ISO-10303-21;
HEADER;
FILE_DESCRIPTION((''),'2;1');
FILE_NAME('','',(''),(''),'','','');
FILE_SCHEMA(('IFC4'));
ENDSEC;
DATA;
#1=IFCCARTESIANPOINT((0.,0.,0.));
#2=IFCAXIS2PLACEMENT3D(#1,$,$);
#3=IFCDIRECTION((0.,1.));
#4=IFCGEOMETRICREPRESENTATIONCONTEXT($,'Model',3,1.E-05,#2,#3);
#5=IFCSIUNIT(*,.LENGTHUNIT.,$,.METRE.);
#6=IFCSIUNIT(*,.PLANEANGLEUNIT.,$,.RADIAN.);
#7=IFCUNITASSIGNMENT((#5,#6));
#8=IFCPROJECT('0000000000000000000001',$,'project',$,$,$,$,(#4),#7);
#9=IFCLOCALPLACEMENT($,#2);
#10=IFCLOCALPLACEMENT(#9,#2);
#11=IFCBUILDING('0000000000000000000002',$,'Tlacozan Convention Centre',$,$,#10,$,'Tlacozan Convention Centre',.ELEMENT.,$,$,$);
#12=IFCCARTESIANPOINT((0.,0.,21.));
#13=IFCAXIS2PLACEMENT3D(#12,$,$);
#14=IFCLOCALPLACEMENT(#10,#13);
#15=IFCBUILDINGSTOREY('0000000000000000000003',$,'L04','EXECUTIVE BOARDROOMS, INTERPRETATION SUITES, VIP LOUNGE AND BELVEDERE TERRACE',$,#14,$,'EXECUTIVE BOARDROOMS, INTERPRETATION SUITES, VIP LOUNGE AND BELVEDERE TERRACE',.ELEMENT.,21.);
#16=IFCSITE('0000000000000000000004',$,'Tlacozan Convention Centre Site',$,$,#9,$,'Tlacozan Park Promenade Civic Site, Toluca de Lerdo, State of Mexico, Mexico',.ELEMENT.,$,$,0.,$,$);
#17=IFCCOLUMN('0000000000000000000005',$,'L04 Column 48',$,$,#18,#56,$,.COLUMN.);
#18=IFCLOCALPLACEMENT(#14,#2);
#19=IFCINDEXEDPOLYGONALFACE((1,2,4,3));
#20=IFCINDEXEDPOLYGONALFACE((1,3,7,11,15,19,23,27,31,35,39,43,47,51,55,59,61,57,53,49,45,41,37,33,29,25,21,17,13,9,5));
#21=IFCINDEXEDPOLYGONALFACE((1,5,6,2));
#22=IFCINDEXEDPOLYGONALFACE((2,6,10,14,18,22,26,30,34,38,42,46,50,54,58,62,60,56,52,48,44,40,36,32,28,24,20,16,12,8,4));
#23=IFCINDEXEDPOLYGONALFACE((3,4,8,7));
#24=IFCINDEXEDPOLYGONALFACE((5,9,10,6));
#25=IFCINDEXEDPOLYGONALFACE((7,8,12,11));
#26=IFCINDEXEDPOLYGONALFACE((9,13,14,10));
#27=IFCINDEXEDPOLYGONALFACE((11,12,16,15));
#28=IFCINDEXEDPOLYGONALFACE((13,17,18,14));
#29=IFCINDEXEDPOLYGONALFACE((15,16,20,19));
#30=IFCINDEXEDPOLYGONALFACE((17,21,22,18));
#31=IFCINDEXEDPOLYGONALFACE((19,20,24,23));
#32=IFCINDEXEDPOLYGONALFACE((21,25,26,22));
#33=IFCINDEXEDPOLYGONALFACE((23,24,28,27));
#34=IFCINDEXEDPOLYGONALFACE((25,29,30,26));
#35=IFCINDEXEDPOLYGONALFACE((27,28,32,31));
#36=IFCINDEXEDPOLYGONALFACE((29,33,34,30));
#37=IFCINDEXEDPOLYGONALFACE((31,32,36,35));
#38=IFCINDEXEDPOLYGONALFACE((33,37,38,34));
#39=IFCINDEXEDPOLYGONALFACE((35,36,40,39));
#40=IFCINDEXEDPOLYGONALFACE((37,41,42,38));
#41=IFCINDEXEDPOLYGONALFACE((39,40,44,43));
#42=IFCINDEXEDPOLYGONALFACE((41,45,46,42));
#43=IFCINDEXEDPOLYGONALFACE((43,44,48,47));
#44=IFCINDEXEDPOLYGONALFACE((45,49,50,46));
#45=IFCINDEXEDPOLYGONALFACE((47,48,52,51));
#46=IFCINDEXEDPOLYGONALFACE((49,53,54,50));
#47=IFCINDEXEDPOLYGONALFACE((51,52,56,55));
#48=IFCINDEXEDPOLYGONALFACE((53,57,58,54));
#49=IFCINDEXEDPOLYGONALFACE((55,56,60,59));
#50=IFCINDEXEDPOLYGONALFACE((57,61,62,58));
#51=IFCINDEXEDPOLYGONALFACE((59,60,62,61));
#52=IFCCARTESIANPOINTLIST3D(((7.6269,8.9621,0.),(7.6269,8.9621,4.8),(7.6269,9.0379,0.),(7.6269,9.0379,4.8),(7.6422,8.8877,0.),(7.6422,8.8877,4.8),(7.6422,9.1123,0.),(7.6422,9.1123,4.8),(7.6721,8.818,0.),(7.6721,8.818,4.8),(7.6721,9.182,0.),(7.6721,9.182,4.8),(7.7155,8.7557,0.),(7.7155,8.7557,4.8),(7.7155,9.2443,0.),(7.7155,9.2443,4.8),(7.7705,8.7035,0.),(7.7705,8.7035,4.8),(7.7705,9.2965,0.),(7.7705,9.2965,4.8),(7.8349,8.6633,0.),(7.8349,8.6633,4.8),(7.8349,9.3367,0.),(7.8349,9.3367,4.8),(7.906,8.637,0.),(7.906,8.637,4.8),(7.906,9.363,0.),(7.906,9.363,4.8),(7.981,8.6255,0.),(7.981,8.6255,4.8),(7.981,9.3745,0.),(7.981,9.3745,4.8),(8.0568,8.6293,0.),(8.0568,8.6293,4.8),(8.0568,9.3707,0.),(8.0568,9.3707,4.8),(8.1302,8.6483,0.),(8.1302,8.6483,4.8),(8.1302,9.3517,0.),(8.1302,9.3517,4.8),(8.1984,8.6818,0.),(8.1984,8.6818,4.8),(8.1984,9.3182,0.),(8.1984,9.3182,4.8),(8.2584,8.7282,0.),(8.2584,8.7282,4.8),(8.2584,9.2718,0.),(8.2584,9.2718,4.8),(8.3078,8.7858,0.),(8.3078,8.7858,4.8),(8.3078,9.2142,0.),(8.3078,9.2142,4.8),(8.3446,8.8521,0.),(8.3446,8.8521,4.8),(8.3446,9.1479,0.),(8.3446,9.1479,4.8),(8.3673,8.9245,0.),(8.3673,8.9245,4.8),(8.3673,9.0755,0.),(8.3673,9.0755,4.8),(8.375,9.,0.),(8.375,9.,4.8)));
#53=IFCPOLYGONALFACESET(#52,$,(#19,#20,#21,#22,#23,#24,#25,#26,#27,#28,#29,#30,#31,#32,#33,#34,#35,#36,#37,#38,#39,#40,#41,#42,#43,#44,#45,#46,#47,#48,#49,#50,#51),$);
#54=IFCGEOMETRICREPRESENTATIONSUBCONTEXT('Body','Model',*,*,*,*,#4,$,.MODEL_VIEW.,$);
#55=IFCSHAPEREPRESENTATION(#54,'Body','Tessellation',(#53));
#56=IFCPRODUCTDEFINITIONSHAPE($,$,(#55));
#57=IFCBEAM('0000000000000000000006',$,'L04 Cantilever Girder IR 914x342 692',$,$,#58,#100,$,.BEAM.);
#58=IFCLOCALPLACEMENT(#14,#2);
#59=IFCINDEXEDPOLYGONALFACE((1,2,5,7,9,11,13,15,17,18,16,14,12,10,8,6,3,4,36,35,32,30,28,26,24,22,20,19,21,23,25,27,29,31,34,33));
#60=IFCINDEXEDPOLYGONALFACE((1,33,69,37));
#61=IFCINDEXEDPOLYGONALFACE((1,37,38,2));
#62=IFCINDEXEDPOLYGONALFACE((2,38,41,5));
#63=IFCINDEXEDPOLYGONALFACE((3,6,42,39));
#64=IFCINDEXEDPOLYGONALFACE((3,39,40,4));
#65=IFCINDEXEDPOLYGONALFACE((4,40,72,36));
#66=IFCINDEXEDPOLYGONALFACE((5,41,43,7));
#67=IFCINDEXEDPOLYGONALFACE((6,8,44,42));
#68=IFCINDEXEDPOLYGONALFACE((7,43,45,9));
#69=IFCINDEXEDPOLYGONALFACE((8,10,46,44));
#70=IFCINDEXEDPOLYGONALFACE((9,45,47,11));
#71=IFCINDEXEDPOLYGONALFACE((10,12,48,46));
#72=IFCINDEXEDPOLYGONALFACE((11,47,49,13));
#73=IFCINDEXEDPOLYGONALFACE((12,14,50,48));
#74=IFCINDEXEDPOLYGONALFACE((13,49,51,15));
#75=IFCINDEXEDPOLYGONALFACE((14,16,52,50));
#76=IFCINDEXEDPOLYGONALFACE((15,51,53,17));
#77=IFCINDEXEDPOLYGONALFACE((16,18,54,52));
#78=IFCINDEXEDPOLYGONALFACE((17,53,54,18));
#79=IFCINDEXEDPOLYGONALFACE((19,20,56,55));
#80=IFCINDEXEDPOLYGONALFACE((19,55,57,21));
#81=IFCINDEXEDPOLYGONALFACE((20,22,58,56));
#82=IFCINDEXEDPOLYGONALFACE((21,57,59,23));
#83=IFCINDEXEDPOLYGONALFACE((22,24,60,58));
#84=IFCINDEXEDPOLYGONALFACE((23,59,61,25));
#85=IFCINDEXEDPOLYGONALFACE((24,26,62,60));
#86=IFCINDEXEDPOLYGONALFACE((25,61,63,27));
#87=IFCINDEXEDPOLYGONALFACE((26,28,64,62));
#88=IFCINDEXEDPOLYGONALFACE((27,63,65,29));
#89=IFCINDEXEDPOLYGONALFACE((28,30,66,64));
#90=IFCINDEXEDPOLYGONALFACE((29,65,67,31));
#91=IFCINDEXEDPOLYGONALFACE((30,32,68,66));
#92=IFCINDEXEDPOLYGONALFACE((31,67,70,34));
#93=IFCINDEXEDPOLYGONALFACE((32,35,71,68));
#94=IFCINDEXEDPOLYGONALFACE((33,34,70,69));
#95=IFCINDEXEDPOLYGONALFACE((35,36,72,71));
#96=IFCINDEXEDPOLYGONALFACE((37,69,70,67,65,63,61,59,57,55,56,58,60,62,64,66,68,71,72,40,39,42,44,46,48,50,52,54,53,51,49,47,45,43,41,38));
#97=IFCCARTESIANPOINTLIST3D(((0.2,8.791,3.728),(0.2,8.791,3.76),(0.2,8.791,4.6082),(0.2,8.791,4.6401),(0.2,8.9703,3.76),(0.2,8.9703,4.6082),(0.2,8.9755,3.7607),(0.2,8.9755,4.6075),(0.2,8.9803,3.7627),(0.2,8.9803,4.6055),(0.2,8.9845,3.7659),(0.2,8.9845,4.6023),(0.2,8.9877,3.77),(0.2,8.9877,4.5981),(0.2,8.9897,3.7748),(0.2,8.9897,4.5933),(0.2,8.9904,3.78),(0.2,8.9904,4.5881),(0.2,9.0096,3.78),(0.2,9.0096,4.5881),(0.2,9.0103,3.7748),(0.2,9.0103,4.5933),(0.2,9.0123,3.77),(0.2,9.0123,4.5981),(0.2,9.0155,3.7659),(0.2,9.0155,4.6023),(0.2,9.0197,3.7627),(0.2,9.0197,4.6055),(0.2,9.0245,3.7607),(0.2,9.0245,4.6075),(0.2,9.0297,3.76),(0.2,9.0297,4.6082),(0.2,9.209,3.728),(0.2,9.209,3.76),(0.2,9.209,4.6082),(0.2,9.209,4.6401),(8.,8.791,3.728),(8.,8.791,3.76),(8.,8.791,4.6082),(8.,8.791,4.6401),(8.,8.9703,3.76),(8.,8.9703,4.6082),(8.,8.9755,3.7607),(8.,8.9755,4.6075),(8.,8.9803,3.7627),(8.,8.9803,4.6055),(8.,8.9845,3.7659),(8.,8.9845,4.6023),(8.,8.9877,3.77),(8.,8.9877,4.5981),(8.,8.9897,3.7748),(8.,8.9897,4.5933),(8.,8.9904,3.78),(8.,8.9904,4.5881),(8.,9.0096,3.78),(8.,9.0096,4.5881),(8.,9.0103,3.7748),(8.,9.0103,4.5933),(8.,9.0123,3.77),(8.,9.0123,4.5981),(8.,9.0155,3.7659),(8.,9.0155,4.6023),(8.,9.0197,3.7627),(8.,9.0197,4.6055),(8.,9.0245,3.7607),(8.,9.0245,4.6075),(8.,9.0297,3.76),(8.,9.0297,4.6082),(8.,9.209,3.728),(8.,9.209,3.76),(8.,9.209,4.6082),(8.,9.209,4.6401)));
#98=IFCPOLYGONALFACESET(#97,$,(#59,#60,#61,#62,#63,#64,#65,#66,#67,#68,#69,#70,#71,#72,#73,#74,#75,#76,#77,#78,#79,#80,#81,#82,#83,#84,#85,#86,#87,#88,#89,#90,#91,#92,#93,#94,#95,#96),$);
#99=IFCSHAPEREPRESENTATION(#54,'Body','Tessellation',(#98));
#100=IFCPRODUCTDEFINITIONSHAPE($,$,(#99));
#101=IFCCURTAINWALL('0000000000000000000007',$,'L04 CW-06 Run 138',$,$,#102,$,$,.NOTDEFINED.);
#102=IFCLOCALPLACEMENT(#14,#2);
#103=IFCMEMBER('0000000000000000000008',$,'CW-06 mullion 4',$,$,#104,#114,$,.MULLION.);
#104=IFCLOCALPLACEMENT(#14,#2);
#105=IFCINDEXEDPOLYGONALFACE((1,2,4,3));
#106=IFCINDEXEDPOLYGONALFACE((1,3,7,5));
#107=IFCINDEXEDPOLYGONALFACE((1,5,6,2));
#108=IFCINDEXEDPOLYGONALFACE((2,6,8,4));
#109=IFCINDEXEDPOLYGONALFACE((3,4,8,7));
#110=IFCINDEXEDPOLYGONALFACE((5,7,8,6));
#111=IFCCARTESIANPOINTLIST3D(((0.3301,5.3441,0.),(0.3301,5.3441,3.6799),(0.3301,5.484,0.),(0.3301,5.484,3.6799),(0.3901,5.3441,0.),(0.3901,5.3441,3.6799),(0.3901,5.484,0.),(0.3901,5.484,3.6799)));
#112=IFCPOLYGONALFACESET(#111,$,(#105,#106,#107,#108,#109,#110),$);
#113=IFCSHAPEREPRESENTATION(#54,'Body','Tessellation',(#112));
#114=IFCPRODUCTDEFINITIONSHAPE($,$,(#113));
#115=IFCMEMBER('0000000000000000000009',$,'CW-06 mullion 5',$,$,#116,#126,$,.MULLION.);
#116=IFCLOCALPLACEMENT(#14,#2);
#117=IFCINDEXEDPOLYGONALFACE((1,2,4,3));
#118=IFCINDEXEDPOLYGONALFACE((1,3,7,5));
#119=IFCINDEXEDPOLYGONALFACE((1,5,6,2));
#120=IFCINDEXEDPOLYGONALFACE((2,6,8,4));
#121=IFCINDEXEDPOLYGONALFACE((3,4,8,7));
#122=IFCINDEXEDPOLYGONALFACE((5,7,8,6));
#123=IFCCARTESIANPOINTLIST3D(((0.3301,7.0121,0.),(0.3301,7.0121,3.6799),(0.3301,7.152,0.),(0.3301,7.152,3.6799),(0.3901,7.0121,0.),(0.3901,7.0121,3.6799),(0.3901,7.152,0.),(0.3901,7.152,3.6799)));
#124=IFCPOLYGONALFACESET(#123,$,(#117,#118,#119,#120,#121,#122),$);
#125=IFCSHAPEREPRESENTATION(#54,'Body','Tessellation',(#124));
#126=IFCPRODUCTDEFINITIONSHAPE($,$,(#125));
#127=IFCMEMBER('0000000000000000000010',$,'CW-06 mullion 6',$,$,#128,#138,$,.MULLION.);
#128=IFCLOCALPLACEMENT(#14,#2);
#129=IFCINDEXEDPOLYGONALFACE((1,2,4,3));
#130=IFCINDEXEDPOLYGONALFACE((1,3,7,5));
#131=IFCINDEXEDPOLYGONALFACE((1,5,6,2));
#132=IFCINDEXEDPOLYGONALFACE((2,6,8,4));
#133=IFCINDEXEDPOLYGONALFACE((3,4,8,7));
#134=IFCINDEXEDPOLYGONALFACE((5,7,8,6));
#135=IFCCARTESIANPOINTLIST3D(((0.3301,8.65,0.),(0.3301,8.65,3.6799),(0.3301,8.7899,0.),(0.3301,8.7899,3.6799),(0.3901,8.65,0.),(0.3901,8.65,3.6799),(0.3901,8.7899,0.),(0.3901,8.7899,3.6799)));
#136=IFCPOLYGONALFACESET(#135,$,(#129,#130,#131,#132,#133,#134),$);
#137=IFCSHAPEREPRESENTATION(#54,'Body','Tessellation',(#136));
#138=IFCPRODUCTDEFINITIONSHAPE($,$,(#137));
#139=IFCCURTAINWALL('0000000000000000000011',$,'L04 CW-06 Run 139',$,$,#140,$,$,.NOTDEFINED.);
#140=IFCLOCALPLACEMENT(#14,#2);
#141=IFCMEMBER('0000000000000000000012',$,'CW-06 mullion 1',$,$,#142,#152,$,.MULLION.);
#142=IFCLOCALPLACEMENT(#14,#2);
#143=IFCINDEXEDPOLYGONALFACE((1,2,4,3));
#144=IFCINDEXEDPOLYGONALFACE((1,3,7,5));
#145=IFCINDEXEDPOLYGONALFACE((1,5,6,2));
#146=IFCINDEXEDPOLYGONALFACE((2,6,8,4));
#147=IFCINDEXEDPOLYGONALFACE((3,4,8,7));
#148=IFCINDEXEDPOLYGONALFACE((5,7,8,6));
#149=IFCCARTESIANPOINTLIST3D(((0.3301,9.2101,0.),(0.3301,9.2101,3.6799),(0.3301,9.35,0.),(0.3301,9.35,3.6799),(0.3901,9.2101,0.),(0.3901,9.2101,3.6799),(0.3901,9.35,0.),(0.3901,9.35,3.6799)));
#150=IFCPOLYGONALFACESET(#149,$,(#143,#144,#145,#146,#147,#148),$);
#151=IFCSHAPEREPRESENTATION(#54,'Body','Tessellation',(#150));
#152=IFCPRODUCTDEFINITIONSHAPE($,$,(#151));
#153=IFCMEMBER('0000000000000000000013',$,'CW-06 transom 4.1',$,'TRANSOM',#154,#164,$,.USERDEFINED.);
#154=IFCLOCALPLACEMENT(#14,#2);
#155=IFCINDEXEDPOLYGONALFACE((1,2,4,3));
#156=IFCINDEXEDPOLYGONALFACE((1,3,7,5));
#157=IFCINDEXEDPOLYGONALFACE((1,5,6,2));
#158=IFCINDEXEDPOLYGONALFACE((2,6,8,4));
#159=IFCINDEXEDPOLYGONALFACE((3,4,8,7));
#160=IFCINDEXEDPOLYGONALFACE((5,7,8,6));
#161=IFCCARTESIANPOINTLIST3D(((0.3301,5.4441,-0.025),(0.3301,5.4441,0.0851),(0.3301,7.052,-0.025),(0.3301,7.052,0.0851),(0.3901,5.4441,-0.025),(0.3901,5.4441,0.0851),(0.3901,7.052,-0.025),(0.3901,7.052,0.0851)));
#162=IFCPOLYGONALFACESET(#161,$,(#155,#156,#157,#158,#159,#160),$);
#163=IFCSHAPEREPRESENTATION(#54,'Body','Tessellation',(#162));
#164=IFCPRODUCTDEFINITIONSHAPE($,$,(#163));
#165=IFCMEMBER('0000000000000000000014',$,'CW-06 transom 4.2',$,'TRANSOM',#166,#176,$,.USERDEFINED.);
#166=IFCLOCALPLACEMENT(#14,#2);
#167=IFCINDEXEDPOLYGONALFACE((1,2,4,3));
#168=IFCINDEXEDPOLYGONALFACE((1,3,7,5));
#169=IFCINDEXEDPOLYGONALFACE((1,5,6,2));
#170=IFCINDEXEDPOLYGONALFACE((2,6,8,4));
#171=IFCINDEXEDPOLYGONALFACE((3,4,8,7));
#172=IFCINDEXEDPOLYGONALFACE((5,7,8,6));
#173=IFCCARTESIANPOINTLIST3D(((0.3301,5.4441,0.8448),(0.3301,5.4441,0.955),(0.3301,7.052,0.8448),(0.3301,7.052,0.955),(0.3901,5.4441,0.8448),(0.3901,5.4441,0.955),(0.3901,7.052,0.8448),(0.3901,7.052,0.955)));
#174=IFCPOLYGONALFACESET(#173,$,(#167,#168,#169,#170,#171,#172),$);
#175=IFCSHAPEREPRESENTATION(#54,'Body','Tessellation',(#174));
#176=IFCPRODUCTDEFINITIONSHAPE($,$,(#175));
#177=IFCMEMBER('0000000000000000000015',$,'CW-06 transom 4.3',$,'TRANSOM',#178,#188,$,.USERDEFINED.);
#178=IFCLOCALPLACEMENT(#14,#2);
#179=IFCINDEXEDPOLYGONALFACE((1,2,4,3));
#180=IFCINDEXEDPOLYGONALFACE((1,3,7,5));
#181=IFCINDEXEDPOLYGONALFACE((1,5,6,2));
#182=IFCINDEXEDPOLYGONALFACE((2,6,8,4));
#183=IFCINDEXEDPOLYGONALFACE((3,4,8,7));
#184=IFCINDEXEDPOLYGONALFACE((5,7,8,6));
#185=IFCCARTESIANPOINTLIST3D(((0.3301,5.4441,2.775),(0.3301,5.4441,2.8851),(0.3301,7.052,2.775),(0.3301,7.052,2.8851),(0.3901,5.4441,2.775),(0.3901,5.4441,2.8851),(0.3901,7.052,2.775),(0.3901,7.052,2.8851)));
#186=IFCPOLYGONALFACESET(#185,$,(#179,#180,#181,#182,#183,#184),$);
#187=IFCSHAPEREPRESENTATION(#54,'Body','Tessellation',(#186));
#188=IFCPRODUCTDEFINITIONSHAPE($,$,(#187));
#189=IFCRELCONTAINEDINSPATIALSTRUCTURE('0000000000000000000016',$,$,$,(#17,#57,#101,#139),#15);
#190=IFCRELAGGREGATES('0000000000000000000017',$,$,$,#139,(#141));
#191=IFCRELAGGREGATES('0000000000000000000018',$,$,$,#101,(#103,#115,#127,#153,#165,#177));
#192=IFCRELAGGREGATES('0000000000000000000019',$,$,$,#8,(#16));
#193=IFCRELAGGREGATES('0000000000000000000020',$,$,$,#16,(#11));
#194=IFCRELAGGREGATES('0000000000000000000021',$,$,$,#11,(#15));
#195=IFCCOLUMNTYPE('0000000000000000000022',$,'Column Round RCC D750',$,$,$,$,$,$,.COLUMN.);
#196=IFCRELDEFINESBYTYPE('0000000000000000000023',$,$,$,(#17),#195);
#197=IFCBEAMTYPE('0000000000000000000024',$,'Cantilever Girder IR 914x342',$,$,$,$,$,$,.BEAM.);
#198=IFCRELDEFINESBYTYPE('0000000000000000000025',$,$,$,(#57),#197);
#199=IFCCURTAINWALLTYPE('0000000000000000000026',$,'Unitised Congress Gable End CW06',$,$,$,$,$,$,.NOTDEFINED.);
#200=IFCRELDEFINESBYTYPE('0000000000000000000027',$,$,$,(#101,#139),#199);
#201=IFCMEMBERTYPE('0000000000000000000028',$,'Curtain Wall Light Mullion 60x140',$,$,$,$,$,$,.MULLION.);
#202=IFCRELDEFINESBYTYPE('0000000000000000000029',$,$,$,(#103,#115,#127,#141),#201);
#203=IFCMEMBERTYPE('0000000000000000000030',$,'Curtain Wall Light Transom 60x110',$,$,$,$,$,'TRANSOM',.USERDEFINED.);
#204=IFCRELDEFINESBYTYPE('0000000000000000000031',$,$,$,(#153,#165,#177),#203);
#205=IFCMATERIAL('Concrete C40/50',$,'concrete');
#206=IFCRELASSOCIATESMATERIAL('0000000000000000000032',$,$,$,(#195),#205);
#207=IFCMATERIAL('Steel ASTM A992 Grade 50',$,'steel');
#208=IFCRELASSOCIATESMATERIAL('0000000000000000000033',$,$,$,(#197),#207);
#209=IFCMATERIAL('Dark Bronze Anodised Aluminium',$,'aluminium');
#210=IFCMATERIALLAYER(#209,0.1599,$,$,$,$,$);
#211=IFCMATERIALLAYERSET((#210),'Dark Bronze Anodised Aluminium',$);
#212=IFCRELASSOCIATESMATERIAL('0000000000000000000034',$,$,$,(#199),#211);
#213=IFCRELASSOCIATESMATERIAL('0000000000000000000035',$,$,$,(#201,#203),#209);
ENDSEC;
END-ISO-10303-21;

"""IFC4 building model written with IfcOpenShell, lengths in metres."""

from ifc_helpers import new_model, si_unit, direction, frame, origin, origin_2d, place, context, subcontext, project, spatial, rectangle, circle, i_section, extrude, material, layer, layer_set, material_profile, profile_set, type_object, element, aggregate, save


model = new_model("IFC4")

# Units and contexts
model_context = context("Model", 3, precision=1e-05, world=origin(), true_north=direction((0.0, 1.0)))
body_context = subcontext(model_context, "Body", "Model", "MODEL_VIEW")
ifc_project = project(units=[si_unit("LENGTHUNIT", "METRE"), si_unit("PLANEANGLEUNIT", "RADIAN")], contexts=[model_context])

# Site, building, storey
site_placement = place(None, origin())
site = spatial("IfcSite", under=ifc_project, at=site_placement, Name="Tlacozan Convention Centre Site", LongName="Tlacozan Park Promenade Civic Site, Toluca de Lerdo, State of Mexico, Mexico", CompositionType="ELEMENT", RefElevation=0.0)
building_placement = place(site_placement, origin())
building = spatial("IfcBuilding", under=site, at=building_placement, Name="Tlacozan Convention Centre", LongName="Tlacozan Convention Centre", CompositionType="ELEMENT")
storey_placement = place(building_placement, frame((0.0, 0.0, 21.0)))
storey = spatial("IfcBuildingStorey", under=building, at=storey_placement, Name="L04", Description="EXECUTIVE BOARDROOMS, INTERPRETATION SUITES, VIP LOUNGE AND BELVEDERE TERRACE", LongName="EXECUTIVE BOARDROOMS, INTERPRETATION SUITES, VIP LOUNGE AND BELVEDERE TERRACE", CompositionType="ELEMENT", Elevation=21.0)

# Column
ifc_material_1 = material(Name="Concrete C40/50", Category="concrete")
ifc_material_profile_1 = material_profile(ifc_material_1, circle(Radius=0.375, at=origin_2d()), Name="RCC D750")
ifc_profile_set_1 = profile_set([ifc_material_profile_1], Name="Concrete C40/50")
column_type = type_object("IfcColumnType", Name="Column Round RCC D750", PredefinedType="COLUMN", material=ifc_profile_set_1)
column_placement = place(storey_placement, frame((8.0, 9.0, 0.0), z_axis=(0.0, 0.0, 1.0), x_axis=(1.0, 0.0, 0.0)))
element("IfcColumn", 1, at=column_placement, inside=storey, type_object=column_type, Name="L04 Column 48", PredefinedType="COLUMN", context=body_context, shape_type="SweptSolid", body=[
    extrude(circle(Radius=0.375, at=origin_2d()), origin(), (0.0, 0.0, 1.0), 4.8),
])

# Beam
ifc_material_2 = material(Name="Steel ASTM A992 Grade 50", Category="steel")
ifc_material_profile_2 = material_profile(ifc_material_2, i_section(OverallWidth=0.418, OverallDepth=0.9121, WebThickness=0.0193, FlangeThickness=0.032, FilletRadius=0.02, at=origin_2d()), Name="IR 914x342.0")
ifc_profile_set_2 = profile_set([ifc_material_profile_2], Name="Steel ASTM A992 Grade 50")
beam_type_1 = type_object("IfcBeamType", Name="Cantilever Girder IR 914x342", PredefinedType="BEAM", material=ifc_profile_set_2)
beam_1_placement = place(storey_placement, frame((8.0, 9.0, 4.1841), z_axis=(-1.0, 0.0, 0.0), x_axis=(0.0, -1.0, 0.0)))
element("IfcBeam", 2, at=beam_1_placement, inside=storey, type_object=beam_type_1, Name="L04 Cantilever Girder IR 914x342 692", PredefinedType="BEAM", context=body_context, shape_type="SweptSolid", body=[
    extrude(i_section(OverallWidth=0.418, OverallDepth=0.9121, WebThickness=0.0193, FlangeThickness=0.032, FilletRadius=0.02, at=origin_2d()), origin(), (0.0, 0.0, 1.0), 7.8),
])

# Curtain wall, members
ifc_material_3 = material(Name="Dark Bronze Anodised Aluminium", Category="aluminium")
ifc_layer_1 = layer(ifc_material_3, 0.1599)
ifc_layer_set_1 = layer_set([ifc_layer_1], Name="Dark Bronze Anodised Aluminium")
curtain_wall_type = type_object("IfcCurtainWallType", Name="Unitised Congress Gable End CW06", PredefinedType="NOTDEFINED", material=ifc_layer_set_1)
curtain_wall_1_placement = place(storey_placement, origin())
curtain_wall_1 = element("IfcCurtainWall", 3, at=curtain_wall_1_placement, inside=storey, type_object=curtain_wall_type, Name="L04 CW-06 Run 138", PredefinedType="NOTDEFINED")
ifc_material_profile_3 = material_profile(ifc_material_3, rectangle(XDim=0.0601, YDim=0.1399, at=origin_2d()), Name="ALU 60x140")
ifc_profile_set_3 = profile_set([ifc_material_profile_3], Name="Dark Bronze Anodised Aluminium")
member_type_1 = type_object("IfcMemberType", Name="Curtain Wall Light Mullion 60x140", PredefinedType="MULLION", material=ifc_profile_set_3)
member_1_placement = place(storey_placement, frame((0.3601, 5.4141, 0.0), z_axis=(0.0, 0.0, 1.0), x_axis=(-1.0, 0.0, 0.0)))
member_1 = element("IfcMember", 4, at=member_1_placement, type_object=member_type_1, Name="CW-06 mullion 4", PredefinedType="MULLION", context=body_context, shape_type="SweptSolid", body=[
    extrude(rectangle(XDim=0.0601, YDim=0.1399, at=origin_2d()), origin(), (0.0, 0.0, 1.0), 3.6799),
])
member_2_placement = place(storey_placement, frame((0.3601, 7.082, 0.0), z_axis=(0.0, 0.0, 1.0), x_axis=(-1.0, 0.0, 0.0)))
member_2 = element("IfcMember", 5, at=member_2_placement, type_object=member_type_1, Name="CW-06 mullion 5", PredefinedType="MULLION", context=body_context, shape_type="SweptSolid", body=[
    extrude(rectangle(XDim=0.0601, YDim=0.1399, at=origin_2d()), origin(), (0.0, 0.0, 1.0), 3.6799),
])
member_3_placement = place(storey_placement, frame((0.3601, 8.72, 0.0), z_axis=(0.0, 0.0, 1.0), x_axis=(-1.0, 0.0, 0.0)))
member_3 = element("IfcMember", 6, at=member_3_placement, type_object=member_type_1, Name="CW-06 mullion 6", PredefinedType="MULLION", context=body_context, shape_type="SweptSolid", body=[
    extrude(rectangle(XDim=0.0601, YDim=0.1399, at=origin_2d()), origin(), (0.0, 0.0, 1.0), 3.6799),
])

# Curtain wall, member
curtain_wall_2_placement = place(storey_placement, origin())
curtain_wall_2 = element("IfcCurtainWall", 7, at=curtain_wall_2_placement, inside=storey, type_object=curtain_wall_type, Name="L04 CW-06 Run 139", PredefinedType="NOTDEFINED")
member_4_placement = place(storey_placement, frame((0.3601, 9.28, 0.0), z_axis=(0.0, 0.0, 1.0), x_axis=(-1.0, 0.0, 0.0)))
member_4 = element("IfcMember", 8, at=member_4_placement, type_object=member_type_1, Name="CW-06 mullion 1", PredefinedType="MULLION", context=body_context, shape_type="SweptSolid", body=[
    extrude(rectangle(XDim=0.0601, YDim=0.1399, at=origin_2d()), origin(), (0.0, 0.0, 1.0), 3.6799),
])

# Members
ifc_material_profile_4 = material_profile(ifc_material_3, rectangle(XDim=0.0601, YDim=0.1101, at=origin_2d()), Name="ALU 60x110")
ifc_profile_set_4 = profile_set([ifc_material_profile_4], Name="Dark Bronze Anodised Aluminium")
member_type_2 = type_object("IfcMemberType", Name="Curtain Wall Light Transom 60x110", ElementType="TRANSOM", PredefinedType="USERDEFINED", material=ifc_profile_set_4)
member_5_placement = place(storey_placement, frame((0.3601, 5.4441, 0.03), z_axis=(0.0, 1.0, 0.0), x_axis=(-1.0, 0.0, 0.0)))
member_5 = element("IfcMember", 9, at=member_5_placement, type_object=member_type_2, Name="CW-06 transom 4.1", ObjectType="TRANSOM", PredefinedType="USERDEFINED", context=body_context, shape_type="SweptSolid", body=[
    extrude(rectangle(XDim=0.0601, YDim=0.1101, at=origin_2d()), origin(), (0.0, 0.0, 1.0), 1.6079),
])
member_6_placement = place(storey_placement, frame((0.3601, 5.4441, 0.8999), z_axis=(0.0, 1.0, 0.0), x_axis=(-1.0, 0.0, 0.0)))
member_6 = element("IfcMember", 10, at=member_6_placement, type_object=member_type_2, Name="CW-06 transom 4.2", ObjectType="TRANSOM", PredefinedType="USERDEFINED", context=body_context, shape_type="SweptSolid", body=[
    extrude(rectangle(XDim=0.0601, YDim=0.1101, at=origin_2d()), origin(), (0.0, 0.0, 1.0), 1.6079),
])
member_7_placement = place(storey_placement, frame((0.3601, 5.4441, 2.8301), z_axis=(0.0, 1.0, 0.0), x_axis=(-1.0, 0.0, 0.0)))
member_7 = element("IfcMember", 11, at=member_7_placement, type_object=member_type_2, Name="CW-06 transom 4.3", ObjectType="TRANSOM", PredefinedType="USERDEFINED", context=body_context, shape_type="SweptSolid", body=[
    extrude(rectangle(XDim=0.0601, YDim=0.1101, at=origin_2d()), origin(), (0.0, 0.0, 1.0), 1.6079),
])
aggregate(curtain_wall_2, [member_4])

aggregate(curtain_wall_1, [member_1, member_2, member_3, member_5, member_6, member_7])

save(model, "model.ifc")
